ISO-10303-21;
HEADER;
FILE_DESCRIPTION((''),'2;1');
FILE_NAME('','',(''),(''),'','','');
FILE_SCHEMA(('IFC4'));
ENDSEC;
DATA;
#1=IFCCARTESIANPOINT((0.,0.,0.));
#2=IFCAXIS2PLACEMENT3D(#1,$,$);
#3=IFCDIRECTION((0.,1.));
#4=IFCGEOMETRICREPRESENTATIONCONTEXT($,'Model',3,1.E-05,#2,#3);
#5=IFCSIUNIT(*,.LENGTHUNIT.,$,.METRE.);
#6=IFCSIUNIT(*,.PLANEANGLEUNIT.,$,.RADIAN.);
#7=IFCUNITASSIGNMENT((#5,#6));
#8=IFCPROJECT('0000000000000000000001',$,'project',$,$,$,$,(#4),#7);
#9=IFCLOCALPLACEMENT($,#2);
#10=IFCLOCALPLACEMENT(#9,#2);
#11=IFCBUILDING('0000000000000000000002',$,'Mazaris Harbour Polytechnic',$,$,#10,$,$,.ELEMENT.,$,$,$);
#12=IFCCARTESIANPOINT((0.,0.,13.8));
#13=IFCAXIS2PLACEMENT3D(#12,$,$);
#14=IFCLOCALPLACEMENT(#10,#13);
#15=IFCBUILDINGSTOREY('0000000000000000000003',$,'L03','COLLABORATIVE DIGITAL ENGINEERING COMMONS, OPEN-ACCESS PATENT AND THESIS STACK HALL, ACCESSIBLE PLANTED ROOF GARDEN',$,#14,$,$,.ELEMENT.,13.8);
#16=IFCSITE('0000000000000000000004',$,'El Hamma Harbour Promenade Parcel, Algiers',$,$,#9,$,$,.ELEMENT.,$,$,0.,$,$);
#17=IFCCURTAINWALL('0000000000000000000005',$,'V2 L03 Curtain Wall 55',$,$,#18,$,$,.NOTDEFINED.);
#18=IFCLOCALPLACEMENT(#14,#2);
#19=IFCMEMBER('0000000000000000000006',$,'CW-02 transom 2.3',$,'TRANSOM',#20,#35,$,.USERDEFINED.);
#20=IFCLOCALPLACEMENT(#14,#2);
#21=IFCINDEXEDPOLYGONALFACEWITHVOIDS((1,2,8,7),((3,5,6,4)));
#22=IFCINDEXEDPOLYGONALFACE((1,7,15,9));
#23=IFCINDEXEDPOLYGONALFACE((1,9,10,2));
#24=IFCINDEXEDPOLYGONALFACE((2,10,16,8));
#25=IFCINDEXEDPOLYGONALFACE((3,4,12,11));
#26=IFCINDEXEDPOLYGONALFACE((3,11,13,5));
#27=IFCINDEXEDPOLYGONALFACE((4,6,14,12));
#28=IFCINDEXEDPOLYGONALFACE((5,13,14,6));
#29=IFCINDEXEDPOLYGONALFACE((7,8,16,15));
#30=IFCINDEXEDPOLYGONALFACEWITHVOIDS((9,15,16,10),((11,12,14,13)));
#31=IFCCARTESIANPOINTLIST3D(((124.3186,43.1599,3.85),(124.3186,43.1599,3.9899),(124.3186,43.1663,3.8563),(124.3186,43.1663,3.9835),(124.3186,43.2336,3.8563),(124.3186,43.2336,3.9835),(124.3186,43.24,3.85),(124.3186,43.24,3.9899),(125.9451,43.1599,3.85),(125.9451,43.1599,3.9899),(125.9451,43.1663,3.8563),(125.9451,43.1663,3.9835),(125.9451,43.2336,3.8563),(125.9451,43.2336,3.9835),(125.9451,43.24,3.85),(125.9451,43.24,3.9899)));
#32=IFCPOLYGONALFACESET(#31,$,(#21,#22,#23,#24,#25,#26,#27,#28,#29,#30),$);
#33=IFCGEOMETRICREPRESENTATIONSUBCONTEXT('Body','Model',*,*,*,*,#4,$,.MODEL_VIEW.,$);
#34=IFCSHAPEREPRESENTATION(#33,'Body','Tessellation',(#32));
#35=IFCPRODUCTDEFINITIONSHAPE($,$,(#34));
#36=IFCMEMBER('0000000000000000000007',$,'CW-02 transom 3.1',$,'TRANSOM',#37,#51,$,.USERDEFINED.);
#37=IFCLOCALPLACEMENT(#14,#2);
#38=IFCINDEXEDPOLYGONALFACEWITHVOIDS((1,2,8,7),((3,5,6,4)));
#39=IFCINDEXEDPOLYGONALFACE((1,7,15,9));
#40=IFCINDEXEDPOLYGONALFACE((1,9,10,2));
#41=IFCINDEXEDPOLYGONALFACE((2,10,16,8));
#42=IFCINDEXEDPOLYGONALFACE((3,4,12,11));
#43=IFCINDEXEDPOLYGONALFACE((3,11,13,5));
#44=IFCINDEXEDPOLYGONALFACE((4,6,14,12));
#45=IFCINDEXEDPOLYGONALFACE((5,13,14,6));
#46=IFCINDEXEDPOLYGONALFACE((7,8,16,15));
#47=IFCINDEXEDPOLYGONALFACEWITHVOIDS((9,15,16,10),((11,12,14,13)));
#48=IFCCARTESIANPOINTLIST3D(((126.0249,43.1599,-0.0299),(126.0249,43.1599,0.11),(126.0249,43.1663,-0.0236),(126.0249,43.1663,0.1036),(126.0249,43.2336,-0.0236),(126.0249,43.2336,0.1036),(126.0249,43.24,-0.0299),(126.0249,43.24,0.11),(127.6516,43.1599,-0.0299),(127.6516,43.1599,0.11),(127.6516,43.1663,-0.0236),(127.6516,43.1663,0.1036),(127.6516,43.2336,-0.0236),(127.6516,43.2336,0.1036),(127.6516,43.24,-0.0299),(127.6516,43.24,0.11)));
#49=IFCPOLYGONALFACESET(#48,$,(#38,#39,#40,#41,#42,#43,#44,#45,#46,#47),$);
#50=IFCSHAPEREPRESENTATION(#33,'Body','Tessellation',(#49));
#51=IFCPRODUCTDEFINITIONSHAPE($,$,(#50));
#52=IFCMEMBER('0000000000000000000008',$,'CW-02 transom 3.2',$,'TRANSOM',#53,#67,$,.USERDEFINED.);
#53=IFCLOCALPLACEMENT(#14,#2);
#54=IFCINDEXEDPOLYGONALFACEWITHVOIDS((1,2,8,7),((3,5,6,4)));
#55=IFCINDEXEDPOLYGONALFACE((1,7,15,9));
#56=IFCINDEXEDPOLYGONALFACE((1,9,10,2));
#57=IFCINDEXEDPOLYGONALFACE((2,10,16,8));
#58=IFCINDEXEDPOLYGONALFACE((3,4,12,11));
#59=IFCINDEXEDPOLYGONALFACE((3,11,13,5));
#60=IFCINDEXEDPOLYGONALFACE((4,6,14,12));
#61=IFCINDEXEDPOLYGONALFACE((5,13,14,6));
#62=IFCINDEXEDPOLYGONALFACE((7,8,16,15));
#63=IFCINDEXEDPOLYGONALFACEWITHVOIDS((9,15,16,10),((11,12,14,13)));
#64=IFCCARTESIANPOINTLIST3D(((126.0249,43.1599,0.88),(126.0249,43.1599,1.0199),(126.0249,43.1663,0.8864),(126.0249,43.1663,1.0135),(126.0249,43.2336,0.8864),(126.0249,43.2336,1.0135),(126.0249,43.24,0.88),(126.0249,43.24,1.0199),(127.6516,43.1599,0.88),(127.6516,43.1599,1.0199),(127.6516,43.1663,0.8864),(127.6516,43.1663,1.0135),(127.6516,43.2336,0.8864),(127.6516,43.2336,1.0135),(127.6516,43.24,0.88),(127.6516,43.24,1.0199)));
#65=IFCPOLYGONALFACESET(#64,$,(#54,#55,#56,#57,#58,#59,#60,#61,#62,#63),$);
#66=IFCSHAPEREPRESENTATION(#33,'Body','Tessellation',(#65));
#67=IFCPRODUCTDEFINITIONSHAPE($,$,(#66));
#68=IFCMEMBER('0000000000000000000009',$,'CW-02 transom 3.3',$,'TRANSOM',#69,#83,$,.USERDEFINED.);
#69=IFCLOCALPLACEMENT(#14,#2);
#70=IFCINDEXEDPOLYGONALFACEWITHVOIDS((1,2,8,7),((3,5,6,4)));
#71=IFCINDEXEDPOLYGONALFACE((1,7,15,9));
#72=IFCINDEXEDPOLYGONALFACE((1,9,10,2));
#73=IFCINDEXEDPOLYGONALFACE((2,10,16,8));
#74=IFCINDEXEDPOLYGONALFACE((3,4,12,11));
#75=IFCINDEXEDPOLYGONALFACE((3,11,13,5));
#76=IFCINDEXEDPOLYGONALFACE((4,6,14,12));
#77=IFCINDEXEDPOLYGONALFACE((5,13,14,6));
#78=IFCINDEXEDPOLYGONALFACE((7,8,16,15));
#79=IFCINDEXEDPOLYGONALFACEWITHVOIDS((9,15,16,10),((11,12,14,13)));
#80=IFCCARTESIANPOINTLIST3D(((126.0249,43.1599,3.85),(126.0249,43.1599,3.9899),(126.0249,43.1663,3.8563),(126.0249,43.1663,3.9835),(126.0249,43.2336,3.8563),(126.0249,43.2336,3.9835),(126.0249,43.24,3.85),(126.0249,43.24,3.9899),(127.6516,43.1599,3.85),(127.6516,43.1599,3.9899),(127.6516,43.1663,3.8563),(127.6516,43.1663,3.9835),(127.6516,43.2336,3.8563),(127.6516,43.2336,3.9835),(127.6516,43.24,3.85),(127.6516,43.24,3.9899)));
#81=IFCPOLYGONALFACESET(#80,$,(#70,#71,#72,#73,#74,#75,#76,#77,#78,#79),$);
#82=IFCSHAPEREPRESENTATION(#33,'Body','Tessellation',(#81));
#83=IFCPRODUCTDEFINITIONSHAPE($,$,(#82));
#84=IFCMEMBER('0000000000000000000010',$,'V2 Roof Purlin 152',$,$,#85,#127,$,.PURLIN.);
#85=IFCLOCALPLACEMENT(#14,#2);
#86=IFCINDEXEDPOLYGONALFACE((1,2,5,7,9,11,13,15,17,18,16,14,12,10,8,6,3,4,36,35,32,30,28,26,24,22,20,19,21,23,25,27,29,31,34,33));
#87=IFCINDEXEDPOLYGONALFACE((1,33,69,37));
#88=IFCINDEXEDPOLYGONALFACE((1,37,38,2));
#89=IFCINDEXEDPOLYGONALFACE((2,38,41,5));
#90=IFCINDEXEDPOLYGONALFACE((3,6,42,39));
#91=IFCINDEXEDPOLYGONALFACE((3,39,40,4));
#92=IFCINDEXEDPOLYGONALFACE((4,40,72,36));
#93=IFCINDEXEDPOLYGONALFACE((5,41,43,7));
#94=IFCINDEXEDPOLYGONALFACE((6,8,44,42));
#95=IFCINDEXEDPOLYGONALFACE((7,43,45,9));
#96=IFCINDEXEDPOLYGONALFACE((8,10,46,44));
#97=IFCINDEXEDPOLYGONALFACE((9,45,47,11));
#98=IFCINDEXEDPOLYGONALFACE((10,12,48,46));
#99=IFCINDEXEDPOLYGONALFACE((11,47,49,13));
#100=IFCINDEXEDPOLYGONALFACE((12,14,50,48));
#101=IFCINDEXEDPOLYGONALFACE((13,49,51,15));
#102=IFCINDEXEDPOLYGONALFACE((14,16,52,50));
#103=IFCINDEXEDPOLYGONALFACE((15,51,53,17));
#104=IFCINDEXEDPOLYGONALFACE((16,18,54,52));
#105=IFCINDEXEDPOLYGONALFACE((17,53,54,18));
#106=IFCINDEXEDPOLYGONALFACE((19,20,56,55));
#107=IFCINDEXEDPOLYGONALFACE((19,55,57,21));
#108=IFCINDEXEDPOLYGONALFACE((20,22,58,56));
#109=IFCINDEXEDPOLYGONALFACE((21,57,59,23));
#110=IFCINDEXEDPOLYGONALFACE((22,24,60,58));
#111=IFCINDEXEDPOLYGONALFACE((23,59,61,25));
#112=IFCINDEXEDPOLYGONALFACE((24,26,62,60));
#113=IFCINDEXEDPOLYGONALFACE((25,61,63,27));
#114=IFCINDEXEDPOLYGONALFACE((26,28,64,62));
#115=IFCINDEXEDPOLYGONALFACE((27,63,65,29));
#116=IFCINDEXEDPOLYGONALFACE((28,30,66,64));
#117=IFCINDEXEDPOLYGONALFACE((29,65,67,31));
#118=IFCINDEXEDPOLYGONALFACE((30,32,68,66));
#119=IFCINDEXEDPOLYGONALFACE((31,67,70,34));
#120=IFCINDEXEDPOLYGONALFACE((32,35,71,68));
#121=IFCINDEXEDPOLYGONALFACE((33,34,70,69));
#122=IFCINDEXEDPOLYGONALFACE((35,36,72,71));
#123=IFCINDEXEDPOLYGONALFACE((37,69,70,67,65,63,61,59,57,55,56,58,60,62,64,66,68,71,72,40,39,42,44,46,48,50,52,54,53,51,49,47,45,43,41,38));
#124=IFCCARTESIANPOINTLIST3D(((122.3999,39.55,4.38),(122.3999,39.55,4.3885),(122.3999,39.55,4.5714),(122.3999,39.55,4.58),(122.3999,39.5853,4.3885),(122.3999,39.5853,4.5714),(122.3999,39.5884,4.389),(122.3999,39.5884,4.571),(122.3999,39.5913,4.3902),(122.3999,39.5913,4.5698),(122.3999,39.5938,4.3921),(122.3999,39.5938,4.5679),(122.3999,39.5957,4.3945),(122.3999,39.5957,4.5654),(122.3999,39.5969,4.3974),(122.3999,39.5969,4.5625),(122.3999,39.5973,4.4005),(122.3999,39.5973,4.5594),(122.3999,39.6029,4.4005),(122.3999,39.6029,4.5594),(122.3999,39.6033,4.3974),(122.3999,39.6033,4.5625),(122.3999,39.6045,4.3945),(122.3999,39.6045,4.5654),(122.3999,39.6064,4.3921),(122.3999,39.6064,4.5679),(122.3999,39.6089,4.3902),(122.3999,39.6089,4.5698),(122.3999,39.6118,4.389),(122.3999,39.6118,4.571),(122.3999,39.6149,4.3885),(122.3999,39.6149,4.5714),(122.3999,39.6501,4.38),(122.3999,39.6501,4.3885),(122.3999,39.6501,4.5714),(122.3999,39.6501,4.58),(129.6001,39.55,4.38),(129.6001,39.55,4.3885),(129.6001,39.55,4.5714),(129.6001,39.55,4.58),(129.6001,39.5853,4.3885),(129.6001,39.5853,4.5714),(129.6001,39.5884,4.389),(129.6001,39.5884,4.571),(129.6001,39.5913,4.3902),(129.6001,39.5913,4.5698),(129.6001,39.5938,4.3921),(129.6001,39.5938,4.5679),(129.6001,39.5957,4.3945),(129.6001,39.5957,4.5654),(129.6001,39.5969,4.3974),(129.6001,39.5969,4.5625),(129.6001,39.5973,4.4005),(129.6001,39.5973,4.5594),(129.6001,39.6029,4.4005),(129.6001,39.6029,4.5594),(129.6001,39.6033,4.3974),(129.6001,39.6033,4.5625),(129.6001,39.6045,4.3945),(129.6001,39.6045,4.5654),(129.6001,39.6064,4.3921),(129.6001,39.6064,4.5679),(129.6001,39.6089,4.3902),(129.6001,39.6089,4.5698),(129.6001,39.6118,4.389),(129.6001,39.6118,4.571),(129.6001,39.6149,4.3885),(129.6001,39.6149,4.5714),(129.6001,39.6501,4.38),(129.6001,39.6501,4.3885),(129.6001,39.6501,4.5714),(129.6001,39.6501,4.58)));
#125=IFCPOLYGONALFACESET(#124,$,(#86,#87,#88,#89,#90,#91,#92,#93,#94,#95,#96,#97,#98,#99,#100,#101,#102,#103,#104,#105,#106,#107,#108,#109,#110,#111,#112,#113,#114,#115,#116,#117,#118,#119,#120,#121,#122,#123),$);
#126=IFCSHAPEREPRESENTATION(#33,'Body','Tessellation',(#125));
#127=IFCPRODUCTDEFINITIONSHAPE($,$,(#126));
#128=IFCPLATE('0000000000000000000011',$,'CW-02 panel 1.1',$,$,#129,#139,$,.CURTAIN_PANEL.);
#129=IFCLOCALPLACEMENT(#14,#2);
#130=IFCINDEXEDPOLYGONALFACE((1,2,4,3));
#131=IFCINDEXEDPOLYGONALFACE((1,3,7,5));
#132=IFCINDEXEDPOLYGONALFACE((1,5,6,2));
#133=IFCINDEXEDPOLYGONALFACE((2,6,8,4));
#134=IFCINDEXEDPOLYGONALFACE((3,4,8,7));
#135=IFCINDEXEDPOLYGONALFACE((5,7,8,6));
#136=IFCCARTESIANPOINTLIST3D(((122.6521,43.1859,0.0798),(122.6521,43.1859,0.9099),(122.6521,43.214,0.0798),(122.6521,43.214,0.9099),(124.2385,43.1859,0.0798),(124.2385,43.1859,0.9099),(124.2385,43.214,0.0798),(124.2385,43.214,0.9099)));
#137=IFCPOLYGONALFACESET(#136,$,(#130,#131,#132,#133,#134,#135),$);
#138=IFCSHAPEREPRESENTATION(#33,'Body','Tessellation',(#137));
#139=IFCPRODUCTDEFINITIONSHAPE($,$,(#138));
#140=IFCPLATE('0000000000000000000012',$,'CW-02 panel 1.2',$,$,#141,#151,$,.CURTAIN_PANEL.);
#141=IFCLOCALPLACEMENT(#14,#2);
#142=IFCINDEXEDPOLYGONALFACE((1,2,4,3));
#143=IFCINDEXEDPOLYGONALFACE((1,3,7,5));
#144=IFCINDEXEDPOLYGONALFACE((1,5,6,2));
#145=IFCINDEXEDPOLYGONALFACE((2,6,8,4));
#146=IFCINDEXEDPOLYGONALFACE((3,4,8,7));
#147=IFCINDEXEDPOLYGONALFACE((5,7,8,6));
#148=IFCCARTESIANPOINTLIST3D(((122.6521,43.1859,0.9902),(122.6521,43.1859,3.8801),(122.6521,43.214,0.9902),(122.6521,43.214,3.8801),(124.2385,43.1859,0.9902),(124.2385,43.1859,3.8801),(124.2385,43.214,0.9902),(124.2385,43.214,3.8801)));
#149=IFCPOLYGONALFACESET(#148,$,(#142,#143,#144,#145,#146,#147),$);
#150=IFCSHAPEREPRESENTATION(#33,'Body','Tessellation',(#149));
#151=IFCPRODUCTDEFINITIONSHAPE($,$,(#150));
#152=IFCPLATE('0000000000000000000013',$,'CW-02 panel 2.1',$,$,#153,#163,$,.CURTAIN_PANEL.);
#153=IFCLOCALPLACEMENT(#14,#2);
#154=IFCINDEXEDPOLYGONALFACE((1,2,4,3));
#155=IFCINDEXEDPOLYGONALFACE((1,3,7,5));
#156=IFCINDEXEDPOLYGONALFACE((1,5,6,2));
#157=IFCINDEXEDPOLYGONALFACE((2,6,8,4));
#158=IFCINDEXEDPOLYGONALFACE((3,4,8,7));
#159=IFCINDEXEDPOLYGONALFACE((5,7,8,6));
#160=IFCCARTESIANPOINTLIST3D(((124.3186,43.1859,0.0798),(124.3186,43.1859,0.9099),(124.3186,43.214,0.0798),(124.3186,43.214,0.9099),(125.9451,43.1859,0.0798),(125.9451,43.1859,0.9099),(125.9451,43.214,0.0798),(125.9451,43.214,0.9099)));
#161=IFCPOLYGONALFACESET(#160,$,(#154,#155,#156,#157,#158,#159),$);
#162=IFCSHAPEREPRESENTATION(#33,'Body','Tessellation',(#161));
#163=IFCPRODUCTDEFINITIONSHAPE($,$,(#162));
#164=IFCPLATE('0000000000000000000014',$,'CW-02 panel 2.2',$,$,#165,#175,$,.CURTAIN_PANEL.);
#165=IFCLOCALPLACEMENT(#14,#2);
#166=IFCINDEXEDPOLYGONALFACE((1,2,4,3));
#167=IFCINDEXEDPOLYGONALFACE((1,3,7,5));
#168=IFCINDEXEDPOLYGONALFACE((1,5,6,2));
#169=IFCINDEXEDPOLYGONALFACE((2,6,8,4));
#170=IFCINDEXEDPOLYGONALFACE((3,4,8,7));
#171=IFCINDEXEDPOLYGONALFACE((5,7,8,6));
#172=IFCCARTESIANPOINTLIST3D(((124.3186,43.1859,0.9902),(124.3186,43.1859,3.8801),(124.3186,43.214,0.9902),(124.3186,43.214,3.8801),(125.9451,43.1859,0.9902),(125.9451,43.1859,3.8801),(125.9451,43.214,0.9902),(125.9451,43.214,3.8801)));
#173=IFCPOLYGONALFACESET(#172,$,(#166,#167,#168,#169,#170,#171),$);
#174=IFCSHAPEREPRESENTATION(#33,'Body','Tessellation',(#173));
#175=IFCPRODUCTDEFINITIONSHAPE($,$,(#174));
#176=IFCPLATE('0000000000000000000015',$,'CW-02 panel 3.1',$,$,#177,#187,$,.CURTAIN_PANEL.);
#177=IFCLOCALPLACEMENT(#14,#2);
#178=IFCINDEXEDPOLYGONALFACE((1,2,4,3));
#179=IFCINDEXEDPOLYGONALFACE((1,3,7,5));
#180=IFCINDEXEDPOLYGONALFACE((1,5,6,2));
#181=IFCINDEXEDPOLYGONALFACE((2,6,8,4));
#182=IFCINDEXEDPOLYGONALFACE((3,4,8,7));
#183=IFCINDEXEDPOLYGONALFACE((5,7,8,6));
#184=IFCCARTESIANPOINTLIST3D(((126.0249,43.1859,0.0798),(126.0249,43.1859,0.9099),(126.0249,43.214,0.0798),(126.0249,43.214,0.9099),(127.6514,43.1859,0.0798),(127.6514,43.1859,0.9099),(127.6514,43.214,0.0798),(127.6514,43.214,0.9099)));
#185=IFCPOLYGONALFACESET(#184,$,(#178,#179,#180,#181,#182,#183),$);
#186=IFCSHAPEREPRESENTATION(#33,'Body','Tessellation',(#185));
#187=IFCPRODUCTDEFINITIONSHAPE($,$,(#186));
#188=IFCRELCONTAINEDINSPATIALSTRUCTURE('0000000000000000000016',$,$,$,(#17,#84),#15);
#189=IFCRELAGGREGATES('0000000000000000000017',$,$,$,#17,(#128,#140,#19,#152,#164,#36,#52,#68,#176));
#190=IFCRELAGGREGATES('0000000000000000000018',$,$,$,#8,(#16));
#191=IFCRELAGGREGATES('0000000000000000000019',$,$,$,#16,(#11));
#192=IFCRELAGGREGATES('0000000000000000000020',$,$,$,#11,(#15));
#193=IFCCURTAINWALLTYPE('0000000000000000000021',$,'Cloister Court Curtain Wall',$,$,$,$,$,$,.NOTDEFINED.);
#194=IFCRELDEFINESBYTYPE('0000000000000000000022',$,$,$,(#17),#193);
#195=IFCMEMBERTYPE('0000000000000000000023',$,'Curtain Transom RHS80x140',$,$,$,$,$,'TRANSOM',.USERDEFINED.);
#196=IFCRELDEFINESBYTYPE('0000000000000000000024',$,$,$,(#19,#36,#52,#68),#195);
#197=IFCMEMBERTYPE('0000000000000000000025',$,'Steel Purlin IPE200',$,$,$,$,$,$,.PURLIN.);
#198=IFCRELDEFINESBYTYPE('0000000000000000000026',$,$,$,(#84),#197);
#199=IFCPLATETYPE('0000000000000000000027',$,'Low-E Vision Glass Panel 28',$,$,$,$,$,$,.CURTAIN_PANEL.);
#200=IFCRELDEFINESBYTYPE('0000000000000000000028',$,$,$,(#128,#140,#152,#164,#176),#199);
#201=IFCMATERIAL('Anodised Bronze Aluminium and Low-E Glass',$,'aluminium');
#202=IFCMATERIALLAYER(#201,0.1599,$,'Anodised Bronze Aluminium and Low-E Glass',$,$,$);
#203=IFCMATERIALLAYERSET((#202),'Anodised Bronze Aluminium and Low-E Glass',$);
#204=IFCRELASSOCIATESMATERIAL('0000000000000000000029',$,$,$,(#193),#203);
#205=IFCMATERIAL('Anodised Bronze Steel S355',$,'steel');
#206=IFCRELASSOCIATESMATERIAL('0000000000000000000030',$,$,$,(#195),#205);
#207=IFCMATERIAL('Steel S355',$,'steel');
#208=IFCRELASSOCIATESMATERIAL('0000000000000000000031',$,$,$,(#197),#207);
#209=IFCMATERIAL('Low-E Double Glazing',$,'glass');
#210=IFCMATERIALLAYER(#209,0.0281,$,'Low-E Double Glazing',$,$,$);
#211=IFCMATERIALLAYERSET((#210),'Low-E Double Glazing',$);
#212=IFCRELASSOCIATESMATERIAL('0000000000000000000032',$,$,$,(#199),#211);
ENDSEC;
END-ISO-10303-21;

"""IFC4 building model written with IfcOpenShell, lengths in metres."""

from ifc_helpers import new_model, si_unit, direction, frame, origin, origin_2d, place, context, subcontext, project, spatial, rectangle, hollow_rectangle, i_section, extrude, material, layer, layer_set, material_profile, profile_set, type_object, element, aggregate, save


model = new_model("IFC4")

# Units and contexts
model_context = context("Model", 3, precision=1e-05, world=origin(), true_north=direction((0.0, 1.0)))
body_context = subcontext(model_context, "Body", "Model", "MODEL_VIEW")
ifc_project = project(units=[si_unit("LENGTHUNIT", "METRE"), si_unit("PLANEANGLEUNIT", "RADIAN")], contexts=[model_context])

# Site, building, storey
site_placement = place(None, origin())
site = spatial("IfcSite", under=ifc_project, at=site_placement, Name="El Hamma Harbour Promenade Parcel, Algiers", CompositionType="ELEMENT", RefElevation=0.0)
building_placement = place(site_placement, origin())
building = spatial("IfcBuilding", under=site, at=building_placement, Name="Mazaris Harbour Polytechnic", CompositionType="ELEMENT")
storey_placement = place(building_placement, frame((0.0, 0.0, 13.8)))
storey = spatial("IfcBuildingStorey", under=building, at=storey_placement, Name="L03", Description="COLLABORATIVE DIGITAL ENGINEERING COMMONS, OPEN-ACCESS PATENT AND THESIS STACK HALL, ACCESSIBLE PLANTED ROOF GARDEN", CompositionType="ELEMENT", Elevation=13.8)

# Curtain wall
ifc_material_1 = material(Name="Anodised Bronze Aluminium and Low-E Glass", Category="aluminium")
ifc_layer_1 = layer(ifc_material_1, 0.1599, Name="Anodised Bronze Aluminium and Low-E Glass")
ifc_layer_set_1 = layer_set([ifc_layer_1], Name="Anodised Bronze Aluminium and Low-E Glass")
curtain_wall_type = type_object("IfcCurtainWallType", Name="Cloister Court Curtain Wall", PredefinedType="NOTDEFINED", material=ifc_layer_set_1)
curtain_wall_1_placement = place(storey_placement, origin())
curtain_wall_1 = element("IfcCurtainWall", 1, at=curtain_wall_1_placement, inside=storey, type_object=curtain_wall_type, Name="V2 L03 Curtain Wall 55", PredefinedType="NOTDEFINED")

# Members
ifc_material_2 = material(Name="Anodised Bronze Steel S355", Category="steel")
ifc_material_profile_1 = material_profile(ifc_material_2, hollow_rectangle(XDim=0.0801, YDim=0.1399, WallThickness=0.0063, at=origin_2d()), Name="RHS 80x140x6.3")
ifc_profile_set_1 = profile_set([ifc_material_profile_1], Name="Anodised Bronze Steel S355")
member_type_1 = type_object("IfcMemberType", Name="Curtain Transom RHS80x140", ElementType="TRANSOM", PredefinedType="USERDEFINED", material=ifc_profile_set_1)
member_1_placement = place(storey_placement, frame((124.3186, 43.2, 3.9199), z_axis=(1.0, 0.0, 0.0), x_axis=(0.0, 1.0, 0.0)))
member_1 = element("IfcMember", 2, at=member_1_placement, type_object=member_type_1, Name="CW-02 transom 2.3", ObjectType="TRANSOM", PredefinedType="USERDEFINED", context=body_context, shape_type="SweptSolid", body=[
    extrude(hollow_rectangle(XDim=0.0801, YDim=0.1399, WallThickness=0.0063, at=origin_2d()), origin(), (0.0, 0.0, 1.0), 1.6265),
])
member_2_placement = place(storey_placement, frame((126.0249, 43.2, 0.04), z_axis=(1.0, 0.0, 0.0), x_axis=(0.0, 1.0, 0.0)))
member_2 = element("IfcMember", 3, at=member_2_placement, type_object=member_type_1, Name="CW-02 transom 3.1", ObjectType="TRANSOM", PredefinedType="USERDEFINED", context=body_context, shape_type="SweptSolid", body=[
    extrude(hollow_rectangle(XDim=0.0801, YDim=0.1399, WallThickness=0.0063, at=origin_2d()), origin(), (0.0, 0.0, 1.0), 1.6267),
])
member_3_placement = place(storey_placement, frame((126.0249, 43.2, 0.95), z_axis=(1.0, 0.0, 0.0), x_axis=(0.0, 1.0, 0.0)))
member_3 = element("IfcMember", 4, at=member_3_placement, type_object=member_type_1, Name="CW-02 transom 3.2", ObjectType="TRANSOM", PredefinedType="USERDEFINED", context=body_context, shape_type="SweptSolid", body=[
    extrude(hollow_rectangle(XDim=0.0801, YDim=0.1399, WallThickness=0.0063, at=origin_2d()), origin(), (0.0, 0.0, 1.0), 1.6267),
])
member_4_placement = place(storey_placement, frame((126.0249, 43.2, 3.9199), z_axis=(1.0, 0.0, 0.0), x_axis=(0.0, 1.0, 0.0)))
member_4 = element("IfcMember", 5, at=member_4_placement, type_object=member_type_1, Name="CW-02 transom 3.3", ObjectType="TRANSOM", PredefinedType="USERDEFINED", context=body_context, shape_type="SweptSolid", body=[
    extrude(hollow_rectangle(XDim=0.0801, YDim=0.1399, WallThickness=0.0063, at=origin_2d()), origin(), (0.0, 0.0, 1.0), 1.6267),
])
ifc_material_3 = material(Name="Steel S355", Category="steel")
ifc_material_profile_2 = material_profile(ifc_material_3, i_section(OverallWidth=0.1001, OverallDepth=0.2, WebThickness=0.0056, FlangeThickness=0.0085, FilletRadius=0.012, at=origin_2d()), Name="IPE 200")
ifc_profile_set_2 = profile_set([ifc_material_profile_2], Name="Steel S355")
member_type_2 = type_object("IfcMemberType", Name="Steel Purlin IPE200", PredefinedType="PURLIN", material=ifc_profile_set_2)
member_5_placement = place(storey_placement, frame((122.3999, 39.6001, 4.48), z_axis=(1.0, 0.0, 0.0), x_axis=(0.0, 1.0, 0.0)))
element("IfcMember", 6, at=member_5_placement, inside=storey, type_object=member_type_2, Name="V2 Roof Purlin 152", PredefinedType="PURLIN", context=body_context, shape_type="SweptSolid", body=[
    extrude(i_section(OverallWidth=0.1001, OverallDepth=0.2, WebThickness=0.0056, FlangeThickness=0.0085, FilletRadius=0.012, at=origin_2d()), origin(), (0.0, 0.0, 1.0), 7.2002),
])

# Plates
ifc_material_4 = material(Name="Low-E Double Glazing", Category="glass")
ifc_layer_2 = layer(ifc_material_4, 0.0281, Name="Low-E Double Glazing")
ifc_layer_set_2 = layer_set([ifc_layer_2], Name="Low-E Double Glazing")
plate_type = type_object("IfcPlateType", Name="Low-E Vision Glass Panel 28", PredefinedType="CURTAIN_PANEL", material=ifc_layer_set_2)
plate_1_placement = place(storey_placement, frame((123.4453, 43.2, 0.0798), z_axis=(0.0, 0.0, 1.0), x_axis=(1.0, 0.0, 0.0)))
plate_1 = element("IfcPlate", 7, at=plate_1_placement, type_object=plate_type, Name="CW-02 panel 1.1", PredefinedType="CURTAIN_PANEL", context=body_context, shape_type="SweptSolid", body=[
    extrude(rectangle(XDim=1.5864, YDim=0.0281, at=origin_2d()), origin(), (0.0, 0.0, 1.0), 0.8301),
])
plate_2_placement = place(storey_placement, frame((123.4453, 43.2, 0.9902), z_axis=(0.0, 0.0, 1.0), x_axis=(1.0, 0.0, 0.0)))
plate_2 = element("IfcPlate", 8, at=plate_2_placement, type_object=plate_type, Name="CW-02 panel 1.2", PredefinedType="CURTAIN_PANEL", context=body_context, shape_type="SweptSolid", body=[
    extrude(rectangle(XDim=1.5864, YDim=0.0281, at=origin_2d()), origin(), (0.0, 0.0, 1.0), 2.8899),
])
plate_3_placement = place(storey_placement, frame((125.1318, 43.2, 0.0798), z_axis=(0.0, 0.0, 1.0), x_axis=(1.0, 0.0, 0.0)))
plate_3 = element("IfcPlate", 9, at=plate_3_placement, type_object=plate_type, Name="CW-02 panel 2.1", PredefinedType="CURTAIN_PANEL", context=body_context, shape_type="SweptSolid", body=[
    extrude(rectangle(XDim=1.6265, YDim=0.0281, at=origin_2d()), origin(), (0.0, 0.0, 1.0), 0.8301),
])
plate_4_placement = place(storey_placement, frame((125.1318, 43.2, 0.9902), z_axis=(0.0, 0.0, 1.0), x_axis=(1.0, 0.0, 0.0)))
plate_4 = element("IfcPlate", 10, at=plate_4_placement, type_object=plate_type, Name="CW-02 panel 2.2", PredefinedType="CURTAIN_PANEL", context=body_context, shape_type="SweptSolid", body=[
    extrude(rectangle(XDim=1.6265, YDim=0.0281, at=origin_2d()), origin(), (0.0, 0.0, 1.0), 2.8899),
])
plate_5_placement = place(storey_placement, frame((126.8381, 43.2, 0.0798), z_axis=(0.0, 0.0, 1.0), x_axis=(1.0, 0.0, 0.0)))
plate_5 = element("IfcPlate", 11, at=plate_5_placement, type_object=plate_type, Name="CW-02 panel 3.1", PredefinedType="CURTAIN_PANEL", context=body_context, shape_type="SweptSolid", body=[
    extrude(rectangle(XDim=1.6265, YDim=0.0281, at=origin_2d()), origin(), (0.0, 0.0, 1.0), 0.8301),
])
aggregate(curtain_wall_1, [plate_1, plate_2, member_1, plate_3, plate_4, member_2, member_3, member_4, plate_5])

save(model, "model.ifc")
